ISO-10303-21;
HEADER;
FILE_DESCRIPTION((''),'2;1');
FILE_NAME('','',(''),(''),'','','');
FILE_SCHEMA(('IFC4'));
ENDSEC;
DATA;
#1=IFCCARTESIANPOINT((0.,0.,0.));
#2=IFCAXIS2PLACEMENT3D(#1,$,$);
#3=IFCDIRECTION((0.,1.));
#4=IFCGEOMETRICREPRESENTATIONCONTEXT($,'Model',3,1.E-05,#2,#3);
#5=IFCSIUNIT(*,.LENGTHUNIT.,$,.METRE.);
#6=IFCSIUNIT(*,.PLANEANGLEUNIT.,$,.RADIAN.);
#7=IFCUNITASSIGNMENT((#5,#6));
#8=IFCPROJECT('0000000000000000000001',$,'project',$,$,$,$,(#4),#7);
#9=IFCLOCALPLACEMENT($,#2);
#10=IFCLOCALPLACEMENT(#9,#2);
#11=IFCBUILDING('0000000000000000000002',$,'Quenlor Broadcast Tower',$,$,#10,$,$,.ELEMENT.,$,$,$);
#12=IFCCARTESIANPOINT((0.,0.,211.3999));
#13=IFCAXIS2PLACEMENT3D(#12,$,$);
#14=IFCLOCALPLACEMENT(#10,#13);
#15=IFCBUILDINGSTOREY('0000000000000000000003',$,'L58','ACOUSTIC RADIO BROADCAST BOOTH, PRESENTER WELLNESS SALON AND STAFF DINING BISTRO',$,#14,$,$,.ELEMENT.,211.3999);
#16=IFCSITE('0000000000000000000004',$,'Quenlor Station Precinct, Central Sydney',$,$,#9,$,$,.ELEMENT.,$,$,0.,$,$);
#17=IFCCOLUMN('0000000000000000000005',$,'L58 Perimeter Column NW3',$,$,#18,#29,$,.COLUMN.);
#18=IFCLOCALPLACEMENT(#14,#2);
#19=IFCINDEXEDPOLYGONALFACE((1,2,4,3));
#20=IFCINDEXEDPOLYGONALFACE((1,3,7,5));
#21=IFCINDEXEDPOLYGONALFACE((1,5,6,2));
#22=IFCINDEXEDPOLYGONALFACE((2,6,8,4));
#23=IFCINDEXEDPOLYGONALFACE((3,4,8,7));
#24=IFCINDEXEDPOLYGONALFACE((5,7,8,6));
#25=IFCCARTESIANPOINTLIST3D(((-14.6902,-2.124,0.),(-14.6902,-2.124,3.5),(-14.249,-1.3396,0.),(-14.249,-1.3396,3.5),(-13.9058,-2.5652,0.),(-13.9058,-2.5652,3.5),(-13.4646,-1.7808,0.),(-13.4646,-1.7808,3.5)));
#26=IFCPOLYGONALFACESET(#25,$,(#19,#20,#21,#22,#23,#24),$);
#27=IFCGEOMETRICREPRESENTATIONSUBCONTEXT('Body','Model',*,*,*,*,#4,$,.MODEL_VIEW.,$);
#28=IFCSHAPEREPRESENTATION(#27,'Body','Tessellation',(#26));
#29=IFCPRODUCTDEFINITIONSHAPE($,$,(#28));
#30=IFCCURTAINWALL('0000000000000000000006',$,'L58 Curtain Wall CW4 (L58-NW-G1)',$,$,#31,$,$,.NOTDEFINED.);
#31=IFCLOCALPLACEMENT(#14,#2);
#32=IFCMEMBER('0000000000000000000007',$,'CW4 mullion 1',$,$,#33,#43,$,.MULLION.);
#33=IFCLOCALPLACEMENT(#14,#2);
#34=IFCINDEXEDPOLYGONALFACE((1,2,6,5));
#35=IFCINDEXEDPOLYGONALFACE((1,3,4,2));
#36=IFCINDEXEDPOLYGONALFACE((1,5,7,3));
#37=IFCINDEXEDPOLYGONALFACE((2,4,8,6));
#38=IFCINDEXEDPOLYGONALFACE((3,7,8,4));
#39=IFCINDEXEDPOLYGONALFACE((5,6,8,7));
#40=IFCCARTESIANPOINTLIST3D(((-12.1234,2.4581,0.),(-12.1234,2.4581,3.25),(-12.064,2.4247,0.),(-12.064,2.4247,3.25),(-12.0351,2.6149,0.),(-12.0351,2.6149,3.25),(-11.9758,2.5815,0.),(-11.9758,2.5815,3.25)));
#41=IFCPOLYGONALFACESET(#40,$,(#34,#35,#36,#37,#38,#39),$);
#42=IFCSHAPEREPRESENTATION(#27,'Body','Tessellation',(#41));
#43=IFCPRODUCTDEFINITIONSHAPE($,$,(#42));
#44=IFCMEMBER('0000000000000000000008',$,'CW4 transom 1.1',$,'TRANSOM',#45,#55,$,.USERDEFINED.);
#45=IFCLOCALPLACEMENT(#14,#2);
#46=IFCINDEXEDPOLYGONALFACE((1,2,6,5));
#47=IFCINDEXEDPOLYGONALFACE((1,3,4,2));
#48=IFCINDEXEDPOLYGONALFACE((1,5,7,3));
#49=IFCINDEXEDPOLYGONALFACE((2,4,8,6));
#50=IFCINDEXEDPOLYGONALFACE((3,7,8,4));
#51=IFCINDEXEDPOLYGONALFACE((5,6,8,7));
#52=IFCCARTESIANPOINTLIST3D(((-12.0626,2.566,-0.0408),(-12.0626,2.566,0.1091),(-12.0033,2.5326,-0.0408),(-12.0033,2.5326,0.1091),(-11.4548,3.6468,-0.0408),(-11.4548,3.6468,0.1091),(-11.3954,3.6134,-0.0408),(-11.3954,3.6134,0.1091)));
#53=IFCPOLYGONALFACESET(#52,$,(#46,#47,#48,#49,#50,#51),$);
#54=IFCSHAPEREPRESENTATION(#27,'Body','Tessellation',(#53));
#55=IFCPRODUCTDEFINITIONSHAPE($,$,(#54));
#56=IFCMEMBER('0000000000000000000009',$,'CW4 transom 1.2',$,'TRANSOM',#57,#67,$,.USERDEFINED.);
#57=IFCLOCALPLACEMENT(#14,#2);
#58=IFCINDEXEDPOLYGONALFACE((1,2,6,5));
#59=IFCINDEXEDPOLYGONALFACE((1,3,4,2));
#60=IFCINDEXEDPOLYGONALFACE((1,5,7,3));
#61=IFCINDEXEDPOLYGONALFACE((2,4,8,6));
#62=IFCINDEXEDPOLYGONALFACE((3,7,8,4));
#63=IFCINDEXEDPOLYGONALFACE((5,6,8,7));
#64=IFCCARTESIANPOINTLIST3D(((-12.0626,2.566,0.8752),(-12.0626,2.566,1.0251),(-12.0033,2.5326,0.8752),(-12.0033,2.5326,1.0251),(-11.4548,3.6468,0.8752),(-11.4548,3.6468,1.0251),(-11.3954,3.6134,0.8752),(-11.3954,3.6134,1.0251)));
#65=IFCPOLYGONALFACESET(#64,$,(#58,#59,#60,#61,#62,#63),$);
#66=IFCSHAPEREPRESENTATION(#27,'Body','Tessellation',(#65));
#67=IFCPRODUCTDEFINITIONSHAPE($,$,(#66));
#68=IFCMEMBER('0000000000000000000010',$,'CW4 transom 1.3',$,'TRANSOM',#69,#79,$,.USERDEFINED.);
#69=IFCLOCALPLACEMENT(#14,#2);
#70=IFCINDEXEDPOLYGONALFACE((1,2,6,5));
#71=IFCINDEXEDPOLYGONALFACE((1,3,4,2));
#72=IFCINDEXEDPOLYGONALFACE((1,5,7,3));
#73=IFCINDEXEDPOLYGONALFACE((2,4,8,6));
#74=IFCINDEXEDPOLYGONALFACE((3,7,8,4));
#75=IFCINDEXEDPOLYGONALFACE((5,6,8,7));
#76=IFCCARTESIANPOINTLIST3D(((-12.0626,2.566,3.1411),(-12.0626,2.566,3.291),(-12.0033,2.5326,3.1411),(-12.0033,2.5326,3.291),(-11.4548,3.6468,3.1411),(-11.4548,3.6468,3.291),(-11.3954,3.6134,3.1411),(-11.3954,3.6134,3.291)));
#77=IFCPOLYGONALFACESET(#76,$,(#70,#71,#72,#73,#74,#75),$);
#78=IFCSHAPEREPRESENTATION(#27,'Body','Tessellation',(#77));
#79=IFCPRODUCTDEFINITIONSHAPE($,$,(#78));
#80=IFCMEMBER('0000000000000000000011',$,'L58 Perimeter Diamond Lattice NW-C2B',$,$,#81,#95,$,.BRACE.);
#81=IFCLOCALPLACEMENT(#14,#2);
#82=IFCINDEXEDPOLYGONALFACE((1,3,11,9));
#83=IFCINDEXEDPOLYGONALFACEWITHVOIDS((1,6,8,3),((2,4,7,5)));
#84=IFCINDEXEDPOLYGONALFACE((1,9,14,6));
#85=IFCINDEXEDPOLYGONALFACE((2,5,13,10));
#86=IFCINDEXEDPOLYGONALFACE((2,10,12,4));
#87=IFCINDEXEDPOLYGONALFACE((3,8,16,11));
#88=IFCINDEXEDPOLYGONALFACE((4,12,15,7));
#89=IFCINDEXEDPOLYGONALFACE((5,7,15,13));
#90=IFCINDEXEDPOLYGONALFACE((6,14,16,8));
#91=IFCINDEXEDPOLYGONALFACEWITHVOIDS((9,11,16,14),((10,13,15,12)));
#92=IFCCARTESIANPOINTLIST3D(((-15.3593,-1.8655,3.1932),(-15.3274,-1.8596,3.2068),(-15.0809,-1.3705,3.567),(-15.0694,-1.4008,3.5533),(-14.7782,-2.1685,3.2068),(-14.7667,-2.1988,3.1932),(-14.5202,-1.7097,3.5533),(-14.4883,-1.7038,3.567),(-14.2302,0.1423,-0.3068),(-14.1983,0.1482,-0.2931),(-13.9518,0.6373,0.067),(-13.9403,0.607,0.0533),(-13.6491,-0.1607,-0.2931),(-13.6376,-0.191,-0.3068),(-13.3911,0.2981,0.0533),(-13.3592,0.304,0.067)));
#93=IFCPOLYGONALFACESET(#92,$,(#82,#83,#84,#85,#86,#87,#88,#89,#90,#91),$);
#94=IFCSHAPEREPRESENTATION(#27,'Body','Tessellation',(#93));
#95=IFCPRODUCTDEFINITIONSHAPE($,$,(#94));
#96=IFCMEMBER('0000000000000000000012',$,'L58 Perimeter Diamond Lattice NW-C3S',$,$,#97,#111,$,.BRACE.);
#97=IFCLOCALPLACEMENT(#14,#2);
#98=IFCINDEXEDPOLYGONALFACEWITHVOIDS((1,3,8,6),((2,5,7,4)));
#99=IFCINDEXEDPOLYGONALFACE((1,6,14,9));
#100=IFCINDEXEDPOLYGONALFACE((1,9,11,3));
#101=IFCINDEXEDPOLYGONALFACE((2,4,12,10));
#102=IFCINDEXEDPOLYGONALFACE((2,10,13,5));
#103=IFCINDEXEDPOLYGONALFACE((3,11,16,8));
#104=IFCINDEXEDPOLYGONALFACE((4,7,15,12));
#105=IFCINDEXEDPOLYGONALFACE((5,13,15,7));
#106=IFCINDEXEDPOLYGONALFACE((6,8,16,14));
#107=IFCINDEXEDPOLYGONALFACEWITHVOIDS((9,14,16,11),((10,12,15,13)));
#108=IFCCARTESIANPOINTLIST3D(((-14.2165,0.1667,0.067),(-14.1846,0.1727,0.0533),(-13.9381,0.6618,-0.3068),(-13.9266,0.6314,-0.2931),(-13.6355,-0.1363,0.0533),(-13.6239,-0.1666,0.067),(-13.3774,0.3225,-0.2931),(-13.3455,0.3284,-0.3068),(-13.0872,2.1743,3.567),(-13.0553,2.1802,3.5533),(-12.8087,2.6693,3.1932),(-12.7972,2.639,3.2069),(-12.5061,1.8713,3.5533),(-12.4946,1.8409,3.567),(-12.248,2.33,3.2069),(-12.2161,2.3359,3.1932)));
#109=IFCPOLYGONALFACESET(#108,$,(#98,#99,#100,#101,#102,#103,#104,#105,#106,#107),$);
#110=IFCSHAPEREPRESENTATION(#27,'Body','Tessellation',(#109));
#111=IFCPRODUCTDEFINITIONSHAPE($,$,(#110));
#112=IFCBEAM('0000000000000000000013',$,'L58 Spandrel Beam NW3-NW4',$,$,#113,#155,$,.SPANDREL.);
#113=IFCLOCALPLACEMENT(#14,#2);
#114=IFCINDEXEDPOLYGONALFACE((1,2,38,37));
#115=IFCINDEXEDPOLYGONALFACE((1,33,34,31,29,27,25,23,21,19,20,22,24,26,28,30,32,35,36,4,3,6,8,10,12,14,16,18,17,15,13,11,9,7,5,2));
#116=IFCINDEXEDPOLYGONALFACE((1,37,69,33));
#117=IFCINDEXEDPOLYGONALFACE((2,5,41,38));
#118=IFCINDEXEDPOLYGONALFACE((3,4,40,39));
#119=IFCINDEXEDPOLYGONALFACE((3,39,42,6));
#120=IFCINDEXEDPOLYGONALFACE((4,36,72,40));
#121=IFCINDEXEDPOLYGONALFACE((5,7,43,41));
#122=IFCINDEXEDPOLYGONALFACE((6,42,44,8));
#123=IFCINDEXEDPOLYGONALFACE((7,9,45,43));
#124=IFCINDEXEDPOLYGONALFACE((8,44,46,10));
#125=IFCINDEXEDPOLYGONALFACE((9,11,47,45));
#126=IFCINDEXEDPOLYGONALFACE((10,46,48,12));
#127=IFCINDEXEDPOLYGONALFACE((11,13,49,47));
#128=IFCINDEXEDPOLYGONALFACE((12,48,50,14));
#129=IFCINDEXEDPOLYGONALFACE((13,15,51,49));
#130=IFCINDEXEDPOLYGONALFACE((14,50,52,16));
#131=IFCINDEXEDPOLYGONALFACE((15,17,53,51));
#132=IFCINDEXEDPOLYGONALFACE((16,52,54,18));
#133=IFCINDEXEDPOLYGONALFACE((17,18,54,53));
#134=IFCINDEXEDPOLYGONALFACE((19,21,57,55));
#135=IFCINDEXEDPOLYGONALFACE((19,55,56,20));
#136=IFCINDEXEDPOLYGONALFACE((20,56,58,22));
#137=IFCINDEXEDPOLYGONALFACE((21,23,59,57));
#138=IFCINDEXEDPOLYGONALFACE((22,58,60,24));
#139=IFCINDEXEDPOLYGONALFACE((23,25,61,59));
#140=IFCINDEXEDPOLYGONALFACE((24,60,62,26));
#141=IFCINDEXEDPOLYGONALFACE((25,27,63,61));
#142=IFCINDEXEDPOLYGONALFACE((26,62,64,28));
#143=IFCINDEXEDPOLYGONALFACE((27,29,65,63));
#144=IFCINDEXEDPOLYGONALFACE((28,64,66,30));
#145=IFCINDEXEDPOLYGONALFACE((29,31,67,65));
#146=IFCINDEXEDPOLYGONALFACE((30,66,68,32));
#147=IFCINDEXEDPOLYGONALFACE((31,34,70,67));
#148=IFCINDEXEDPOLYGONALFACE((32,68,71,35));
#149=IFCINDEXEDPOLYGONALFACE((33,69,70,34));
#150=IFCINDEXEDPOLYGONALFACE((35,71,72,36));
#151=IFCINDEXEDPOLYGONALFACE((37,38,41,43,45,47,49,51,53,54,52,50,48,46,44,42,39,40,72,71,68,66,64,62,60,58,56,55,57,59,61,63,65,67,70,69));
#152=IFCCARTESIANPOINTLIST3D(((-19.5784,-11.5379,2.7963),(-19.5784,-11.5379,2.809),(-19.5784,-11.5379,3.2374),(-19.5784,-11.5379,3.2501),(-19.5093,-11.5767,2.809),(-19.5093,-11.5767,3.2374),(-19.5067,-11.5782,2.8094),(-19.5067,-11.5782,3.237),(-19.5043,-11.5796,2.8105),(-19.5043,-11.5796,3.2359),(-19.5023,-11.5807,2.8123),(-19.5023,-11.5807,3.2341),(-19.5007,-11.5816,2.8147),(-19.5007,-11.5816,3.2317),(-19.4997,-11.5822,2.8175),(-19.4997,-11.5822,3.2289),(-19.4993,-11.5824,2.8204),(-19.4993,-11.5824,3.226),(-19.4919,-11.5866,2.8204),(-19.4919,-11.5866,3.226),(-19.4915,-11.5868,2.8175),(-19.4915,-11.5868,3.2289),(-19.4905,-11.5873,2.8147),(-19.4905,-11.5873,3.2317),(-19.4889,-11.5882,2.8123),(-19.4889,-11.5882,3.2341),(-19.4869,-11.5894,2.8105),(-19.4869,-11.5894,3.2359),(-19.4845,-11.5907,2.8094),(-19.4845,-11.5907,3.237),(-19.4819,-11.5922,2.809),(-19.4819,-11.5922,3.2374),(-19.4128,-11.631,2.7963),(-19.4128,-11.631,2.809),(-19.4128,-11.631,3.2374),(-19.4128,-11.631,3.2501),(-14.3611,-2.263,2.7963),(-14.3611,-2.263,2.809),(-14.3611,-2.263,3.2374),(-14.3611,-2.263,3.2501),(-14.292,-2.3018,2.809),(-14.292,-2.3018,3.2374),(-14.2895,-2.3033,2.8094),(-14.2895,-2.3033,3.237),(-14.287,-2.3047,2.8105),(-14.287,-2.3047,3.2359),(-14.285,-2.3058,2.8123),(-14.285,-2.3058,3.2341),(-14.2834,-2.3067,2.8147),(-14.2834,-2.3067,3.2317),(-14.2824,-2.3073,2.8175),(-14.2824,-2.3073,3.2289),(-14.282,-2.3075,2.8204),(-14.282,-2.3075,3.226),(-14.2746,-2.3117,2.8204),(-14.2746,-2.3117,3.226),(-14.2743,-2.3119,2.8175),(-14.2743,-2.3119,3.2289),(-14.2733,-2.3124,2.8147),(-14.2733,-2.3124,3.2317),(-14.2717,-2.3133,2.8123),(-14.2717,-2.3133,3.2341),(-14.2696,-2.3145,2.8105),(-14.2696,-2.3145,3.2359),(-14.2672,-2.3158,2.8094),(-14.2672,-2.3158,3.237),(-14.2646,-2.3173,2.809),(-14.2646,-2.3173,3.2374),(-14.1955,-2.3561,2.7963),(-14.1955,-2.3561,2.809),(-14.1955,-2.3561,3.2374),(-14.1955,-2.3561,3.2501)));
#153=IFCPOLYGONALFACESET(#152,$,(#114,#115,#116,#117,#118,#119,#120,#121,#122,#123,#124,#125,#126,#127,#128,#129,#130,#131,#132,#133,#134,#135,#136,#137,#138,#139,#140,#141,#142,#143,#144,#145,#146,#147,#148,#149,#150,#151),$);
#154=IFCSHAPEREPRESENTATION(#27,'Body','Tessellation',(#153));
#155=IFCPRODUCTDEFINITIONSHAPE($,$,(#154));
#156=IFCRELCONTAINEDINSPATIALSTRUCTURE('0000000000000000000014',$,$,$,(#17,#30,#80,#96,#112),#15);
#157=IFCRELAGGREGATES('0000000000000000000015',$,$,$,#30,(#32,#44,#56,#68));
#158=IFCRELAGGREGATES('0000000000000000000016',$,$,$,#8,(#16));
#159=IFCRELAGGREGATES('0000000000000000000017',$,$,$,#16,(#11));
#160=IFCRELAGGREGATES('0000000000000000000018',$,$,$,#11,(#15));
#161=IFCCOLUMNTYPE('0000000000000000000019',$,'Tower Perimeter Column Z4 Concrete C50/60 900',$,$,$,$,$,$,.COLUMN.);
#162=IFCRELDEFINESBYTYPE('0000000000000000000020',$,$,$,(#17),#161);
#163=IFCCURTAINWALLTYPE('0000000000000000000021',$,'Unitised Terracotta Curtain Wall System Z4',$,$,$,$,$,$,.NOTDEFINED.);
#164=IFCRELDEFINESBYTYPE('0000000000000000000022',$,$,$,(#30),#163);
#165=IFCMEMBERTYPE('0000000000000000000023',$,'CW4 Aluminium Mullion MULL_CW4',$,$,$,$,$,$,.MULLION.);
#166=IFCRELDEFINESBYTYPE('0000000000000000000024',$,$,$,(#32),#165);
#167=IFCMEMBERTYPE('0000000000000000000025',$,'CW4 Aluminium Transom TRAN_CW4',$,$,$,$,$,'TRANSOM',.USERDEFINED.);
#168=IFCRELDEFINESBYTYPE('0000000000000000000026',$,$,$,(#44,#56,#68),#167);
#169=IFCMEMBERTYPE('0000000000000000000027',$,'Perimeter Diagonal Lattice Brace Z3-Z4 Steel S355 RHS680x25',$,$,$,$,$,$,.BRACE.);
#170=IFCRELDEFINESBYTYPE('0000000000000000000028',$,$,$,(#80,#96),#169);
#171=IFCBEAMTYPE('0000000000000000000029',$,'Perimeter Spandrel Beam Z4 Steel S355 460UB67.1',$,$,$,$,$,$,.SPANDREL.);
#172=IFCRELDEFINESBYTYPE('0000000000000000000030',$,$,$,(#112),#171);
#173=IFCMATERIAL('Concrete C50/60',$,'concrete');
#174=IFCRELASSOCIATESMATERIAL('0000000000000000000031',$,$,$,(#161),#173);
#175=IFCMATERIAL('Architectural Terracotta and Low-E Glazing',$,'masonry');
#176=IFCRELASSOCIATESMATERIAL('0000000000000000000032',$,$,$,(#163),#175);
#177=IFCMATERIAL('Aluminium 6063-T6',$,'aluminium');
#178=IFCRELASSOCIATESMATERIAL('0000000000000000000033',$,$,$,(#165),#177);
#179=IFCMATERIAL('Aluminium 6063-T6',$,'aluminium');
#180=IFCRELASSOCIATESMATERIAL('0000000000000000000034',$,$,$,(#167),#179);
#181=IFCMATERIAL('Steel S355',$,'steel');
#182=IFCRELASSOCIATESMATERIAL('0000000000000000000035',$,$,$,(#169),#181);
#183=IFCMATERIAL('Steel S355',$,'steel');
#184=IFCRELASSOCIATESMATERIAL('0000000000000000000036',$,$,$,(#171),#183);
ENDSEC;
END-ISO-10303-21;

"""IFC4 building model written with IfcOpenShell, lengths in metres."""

from ifc_helpers import new_model, si_unit, direction, frame, origin, origin_2d, place, context, subcontext, project, spatial, rectangle, hollow_rectangle, i_section, extrude, material, material_profile, profile_set, type_object, element, aggregate, save


model = new_model("IFC4")

# Units and contexts
model_context = context("Model", 3, precision=1e-05, world=origin(), true_north=direction((0.0, 1.0)))
body_context = subcontext(model_context, "Body", "Model", "MODEL_VIEW")
ifc_project = project(units=[si_unit("LENGTHUNIT", "METRE"), si_unit("PLANEANGLEUNIT", "RADIAN")], contexts=[model_context])

# Site, building, storey
site_placement = place(None, origin())
site = spatial("IfcSite", under=ifc_project, at=site_placement, Name="Quenlor Station Precinct, Central Sydney", CompositionType="ELEMENT", RefElevation=0.0)
building_placement = place(site_placement, origin())
building = spatial("IfcBuilding", under=site, at=building_placement, Name="Quenlor Broadcast Tower", CompositionType="ELEMENT")
storey_placement = place(building_placement, frame((0.0, 0.0, 211.3999)))
storey = spatial("IfcBuildingStorey", under=building, at=storey_placement, Name="L58", Description="ACOUSTIC RADIO BROADCAST BOOTH, PRESENTER WELLNESS SALON AND STAFF DINING BISTRO", CompositionType="ELEMENT", Elevation=211.3999)

# Column
ifc_material_1 = material(Name="Concrete C50/60", Category="concrete")
ifc_material_profile_1 = material_profile(ifc_material_1, rectangle(XDim=0.8999, YDim=0.8999, at=origin_2d()))
ifc_profile_set_1 = profile_set([ifc_material_profile_1], Name="Concrete C50/60 RC900x900")
column_type = type_object("IfcColumnType", Name="Tower Perimeter Column Z4 Concrete C50/60 900", PredefinedType="COLUMN", material=ifc_profile_set_1)
column_placement = place(storey_placement, frame((-14.0774, -1.9524, 0.0), z_axis=(0.0, 0.0, 1.0), x_axis=(-0.871575, 0.490262, 0.0)))
element("IfcColumn", 1, at=column_placement, inside=storey, type_object=column_type, Name="L58 Perimeter Column NW3", PredefinedType="COLUMN", context=body_context, shape_type="SweptSolid", body=[
    extrude(rectangle(XDim=0.8999, YDim=0.8999, at=origin_2d()), origin(), (0.0, 0.0, 1.0), 3.5),
])

# Curtain wall, members
ifc_material_2 = material(Name="Architectural Terracotta and Low-E Glazing", Category="masonry")
curtain_wall_type = type_object("IfcCurtainWallType", Name="Unitised Terracotta Curtain Wall System Z4", PredefinedType="NOTDEFINED", material=ifc_material_2)
curtain_wall_placement = place(storey_placement, origin())
curtain_wall = element("IfcCurtainWall", 2, at=curtain_wall_placement, inside=storey, type_object=curtain_wall_type, Name="L58 Curtain Wall CW4 (L58-NW-G1)", PredefinedType="NOTDEFINED")
ifc_material_3 = material(Name="Aluminium 6063-T6", Category="aluminium")
ifc_material_profile_2 = material_profile(ifc_material_3, rectangle(XDim=0.0681, YDim=0.1799, at=origin_2d()))
ifc_profile_set_2 = profile_set([ifc_material_profile_2], Name="Aluminium 6063-T6 MULL68x180")
member_type_1 = type_object("IfcMemberType", Name="CW4 Aluminium Mullion MULL_CW4", PredefinedType="MULLION", material=ifc_profile_set_2)
member_1_placement = place(storey_placement, frame((-12.0496, 2.5198, 0.0), z_axis=(0.0, 0.0, 1.0), x_axis=(-0.87156, 0.490289, 0.0)))
member_1 = element("IfcMember", 3, at=member_1_placement, type_object=member_type_1, Name="CW4 mullion 1", PredefinedType="MULLION", context=body_context, shape_type="SweptSolid", body=[
    extrude(rectangle(XDim=0.0681, YDim=0.1799, at=origin_2d()), origin(), (0.0, 0.0, 1.0), 3.25),
])
ifc_material_4 = material(Name="Aluminium 6063-T6", Category="aluminium")
ifc_material_profile_3 = material_profile(ifc_material_4, rectangle(XDim=0.0681, YDim=0.1499, at=origin_2d()))
ifc_profile_set_3 = profile_set([ifc_material_profile_3], Name="Aluminium 6063-T6 TRAN68x150")
member_type_2 = type_object("IfcMemberType", Name="CW4 Aluminium Transom TRAN_CW4", ElementType="TRANSOM", PredefinedType="USERDEFINED", material=ifc_profile_set_3)
member_2_placement = place(storey_placement, frame((-12.033, 2.5493, 0.0342), z_axis=(0.490233, 0.871591, 0.0), x_axis=(-0.871591, 0.490233, 0.0)))
member_2 = element("IfcMember", 4, at=member_2_placement, type_object=member_type_2, Name="CW4 transom 1.1", ObjectType="TRANSOM", PredefinedType="USERDEFINED", context=body_context, shape_type="SweptSolid", body=[
    extrude(rectangle(XDim=0.0681, YDim=0.1499, at=origin_2d()), origin(), (0.0, 0.0, 1.0), 1.24),
])
member_3_placement = place(storey_placement, frame((-12.033, 2.5493, 0.9502), z_axis=(0.490233, 0.871591, 0.0), x_axis=(-0.871591, 0.490233, 0.0)))
member_3 = element("IfcMember", 5, at=member_3_placement, type_object=member_type_2, Name="CW4 transom 1.2", ObjectType="TRANSOM", PredefinedType="USERDEFINED", context=body_context, shape_type="SweptSolid", body=[
    extrude(rectangle(XDim=0.0681, YDim=0.1499, at=origin_2d()), origin(), (0.0, 0.0, 1.0), 1.24),
])
member_4_placement = place(storey_placement, frame((-12.033, 2.5493, 3.2161), z_axis=(0.490233, 0.871591, 0.0), x_axis=(-0.871591, 0.490233, 0.0)))
member_4 = element("IfcMember", 6, at=member_4_placement, type_object=member_type_2, Name="CW4 transom 1.3", ObjectType="TRANSOM", PredefinedType="USERDEFINED", context=body_context, shape_type="SweptSolid", body=[
    extrude(rectangle(XDim=0.0681, YDim=0.1499, at=origin_2d()), origin(), (0.0, 0.0, 1.0), 1.24),
])

# Members
ifc_material_5 = material(Name="Steel S355", Category="steel")
ifc_material_profile_4 = material_profile(ifc_material_5, hollow_rectangle(XDim=0.6799, YDim=0.6799, WallThickness=0.0249, at=origin_2d()))
ifc_profile_set_4 = profile_set([ifc_material_profile_4], Name="Steel S355 RHS680x680x25")
member_type_3 = type_object("IfcMemberType", Name="Perimeter Diagonal Lattice Brace Z3-Z4 Steel S355 RHS680x25", PredefinedType="BRACE", material=ifc_profile_set_4)
for number, where, z_axis, x_axis, name in (
    (7, (-13.7947, 0.2231, -0.1199), (-0.269485, -0.479189, 0.835318), (0.871621, -0.490181, 0.0), "L58 Perimeter Diamond Lattice NW-C2B"),
    (8, (-13.781, 0.2476, -0.1199), (0.269547, 0.479136, 0.835328), (-0.87155, 0.490307, 0.0), "L58 Perimeter Diamond Lattice NW-C3S"),
):
    element("IfcMember", number, at=place(storey_placement, frame(where, z_axis=z_axis, x_axis=x_axis)), inside=storey, type_object=member_type_3, Name=name, PredefinedType="BRACE", context=body_context, shape_type="SweptSolid", body=[
        extrude(hollow_rectangle(XDim=0.6799, YDim=0.6799, WallThickness=0.0249, at=origin_2d()), origin(), (0.0, 0.0, 1.0), 4.1899),
    ])

# Beam
ifc_material_6 = material(Name="Steel S355", Category="steel")
ifc_material_profile_5 = material_profile(ifc_material_6, i_section(OverallWidth=0.1899, OverallDepth=0.4539, WebThickness=0.0085, FlangeThickness=0.0127, FilletRadius=0.0115, at=origin_2d()))
ifc_profile_set_5 = profile_set([ifc_material_profile_5], Name="Steel S355 460UB67.1")
beam_type_1 = type_object("IfcBeamType", Name="Perimeter Spandrel Beam Z4 Steel S355 460UB67.1", PredefinedType="SPANDREL", material=ifc_profile_set_5)
beam_1_placement = place(storey_placement, frame((-14.2783, -2.3096, 3.0232), z_axis=(-0.490272, -0.871569, 0.0), x_axis=(0.871569, -0.490272, 0.0)))
element("IfcBeam", 9, at=beam_1_placement, inside=storey, type_object=beam_type_1, Name="L58 Spandrel Beam NW3-NW4", PredefinedType="SPANDREL", context=body_context, shape_type="SweptSolid", body=[
    extrude(i_section(OverallWidth=0.1899, OverallDepth=0.4539, WebThickness=0.0085, FlangeThickness=0.0127, FilletRadius=0.0115, at=origin_2d()), origin(), (0.0, 0.0, 1.0), 10.6416),
])

aggregate(curtain_wall, [member_1, member_2, member_3, member_4])

save(model, "model.ifc")
